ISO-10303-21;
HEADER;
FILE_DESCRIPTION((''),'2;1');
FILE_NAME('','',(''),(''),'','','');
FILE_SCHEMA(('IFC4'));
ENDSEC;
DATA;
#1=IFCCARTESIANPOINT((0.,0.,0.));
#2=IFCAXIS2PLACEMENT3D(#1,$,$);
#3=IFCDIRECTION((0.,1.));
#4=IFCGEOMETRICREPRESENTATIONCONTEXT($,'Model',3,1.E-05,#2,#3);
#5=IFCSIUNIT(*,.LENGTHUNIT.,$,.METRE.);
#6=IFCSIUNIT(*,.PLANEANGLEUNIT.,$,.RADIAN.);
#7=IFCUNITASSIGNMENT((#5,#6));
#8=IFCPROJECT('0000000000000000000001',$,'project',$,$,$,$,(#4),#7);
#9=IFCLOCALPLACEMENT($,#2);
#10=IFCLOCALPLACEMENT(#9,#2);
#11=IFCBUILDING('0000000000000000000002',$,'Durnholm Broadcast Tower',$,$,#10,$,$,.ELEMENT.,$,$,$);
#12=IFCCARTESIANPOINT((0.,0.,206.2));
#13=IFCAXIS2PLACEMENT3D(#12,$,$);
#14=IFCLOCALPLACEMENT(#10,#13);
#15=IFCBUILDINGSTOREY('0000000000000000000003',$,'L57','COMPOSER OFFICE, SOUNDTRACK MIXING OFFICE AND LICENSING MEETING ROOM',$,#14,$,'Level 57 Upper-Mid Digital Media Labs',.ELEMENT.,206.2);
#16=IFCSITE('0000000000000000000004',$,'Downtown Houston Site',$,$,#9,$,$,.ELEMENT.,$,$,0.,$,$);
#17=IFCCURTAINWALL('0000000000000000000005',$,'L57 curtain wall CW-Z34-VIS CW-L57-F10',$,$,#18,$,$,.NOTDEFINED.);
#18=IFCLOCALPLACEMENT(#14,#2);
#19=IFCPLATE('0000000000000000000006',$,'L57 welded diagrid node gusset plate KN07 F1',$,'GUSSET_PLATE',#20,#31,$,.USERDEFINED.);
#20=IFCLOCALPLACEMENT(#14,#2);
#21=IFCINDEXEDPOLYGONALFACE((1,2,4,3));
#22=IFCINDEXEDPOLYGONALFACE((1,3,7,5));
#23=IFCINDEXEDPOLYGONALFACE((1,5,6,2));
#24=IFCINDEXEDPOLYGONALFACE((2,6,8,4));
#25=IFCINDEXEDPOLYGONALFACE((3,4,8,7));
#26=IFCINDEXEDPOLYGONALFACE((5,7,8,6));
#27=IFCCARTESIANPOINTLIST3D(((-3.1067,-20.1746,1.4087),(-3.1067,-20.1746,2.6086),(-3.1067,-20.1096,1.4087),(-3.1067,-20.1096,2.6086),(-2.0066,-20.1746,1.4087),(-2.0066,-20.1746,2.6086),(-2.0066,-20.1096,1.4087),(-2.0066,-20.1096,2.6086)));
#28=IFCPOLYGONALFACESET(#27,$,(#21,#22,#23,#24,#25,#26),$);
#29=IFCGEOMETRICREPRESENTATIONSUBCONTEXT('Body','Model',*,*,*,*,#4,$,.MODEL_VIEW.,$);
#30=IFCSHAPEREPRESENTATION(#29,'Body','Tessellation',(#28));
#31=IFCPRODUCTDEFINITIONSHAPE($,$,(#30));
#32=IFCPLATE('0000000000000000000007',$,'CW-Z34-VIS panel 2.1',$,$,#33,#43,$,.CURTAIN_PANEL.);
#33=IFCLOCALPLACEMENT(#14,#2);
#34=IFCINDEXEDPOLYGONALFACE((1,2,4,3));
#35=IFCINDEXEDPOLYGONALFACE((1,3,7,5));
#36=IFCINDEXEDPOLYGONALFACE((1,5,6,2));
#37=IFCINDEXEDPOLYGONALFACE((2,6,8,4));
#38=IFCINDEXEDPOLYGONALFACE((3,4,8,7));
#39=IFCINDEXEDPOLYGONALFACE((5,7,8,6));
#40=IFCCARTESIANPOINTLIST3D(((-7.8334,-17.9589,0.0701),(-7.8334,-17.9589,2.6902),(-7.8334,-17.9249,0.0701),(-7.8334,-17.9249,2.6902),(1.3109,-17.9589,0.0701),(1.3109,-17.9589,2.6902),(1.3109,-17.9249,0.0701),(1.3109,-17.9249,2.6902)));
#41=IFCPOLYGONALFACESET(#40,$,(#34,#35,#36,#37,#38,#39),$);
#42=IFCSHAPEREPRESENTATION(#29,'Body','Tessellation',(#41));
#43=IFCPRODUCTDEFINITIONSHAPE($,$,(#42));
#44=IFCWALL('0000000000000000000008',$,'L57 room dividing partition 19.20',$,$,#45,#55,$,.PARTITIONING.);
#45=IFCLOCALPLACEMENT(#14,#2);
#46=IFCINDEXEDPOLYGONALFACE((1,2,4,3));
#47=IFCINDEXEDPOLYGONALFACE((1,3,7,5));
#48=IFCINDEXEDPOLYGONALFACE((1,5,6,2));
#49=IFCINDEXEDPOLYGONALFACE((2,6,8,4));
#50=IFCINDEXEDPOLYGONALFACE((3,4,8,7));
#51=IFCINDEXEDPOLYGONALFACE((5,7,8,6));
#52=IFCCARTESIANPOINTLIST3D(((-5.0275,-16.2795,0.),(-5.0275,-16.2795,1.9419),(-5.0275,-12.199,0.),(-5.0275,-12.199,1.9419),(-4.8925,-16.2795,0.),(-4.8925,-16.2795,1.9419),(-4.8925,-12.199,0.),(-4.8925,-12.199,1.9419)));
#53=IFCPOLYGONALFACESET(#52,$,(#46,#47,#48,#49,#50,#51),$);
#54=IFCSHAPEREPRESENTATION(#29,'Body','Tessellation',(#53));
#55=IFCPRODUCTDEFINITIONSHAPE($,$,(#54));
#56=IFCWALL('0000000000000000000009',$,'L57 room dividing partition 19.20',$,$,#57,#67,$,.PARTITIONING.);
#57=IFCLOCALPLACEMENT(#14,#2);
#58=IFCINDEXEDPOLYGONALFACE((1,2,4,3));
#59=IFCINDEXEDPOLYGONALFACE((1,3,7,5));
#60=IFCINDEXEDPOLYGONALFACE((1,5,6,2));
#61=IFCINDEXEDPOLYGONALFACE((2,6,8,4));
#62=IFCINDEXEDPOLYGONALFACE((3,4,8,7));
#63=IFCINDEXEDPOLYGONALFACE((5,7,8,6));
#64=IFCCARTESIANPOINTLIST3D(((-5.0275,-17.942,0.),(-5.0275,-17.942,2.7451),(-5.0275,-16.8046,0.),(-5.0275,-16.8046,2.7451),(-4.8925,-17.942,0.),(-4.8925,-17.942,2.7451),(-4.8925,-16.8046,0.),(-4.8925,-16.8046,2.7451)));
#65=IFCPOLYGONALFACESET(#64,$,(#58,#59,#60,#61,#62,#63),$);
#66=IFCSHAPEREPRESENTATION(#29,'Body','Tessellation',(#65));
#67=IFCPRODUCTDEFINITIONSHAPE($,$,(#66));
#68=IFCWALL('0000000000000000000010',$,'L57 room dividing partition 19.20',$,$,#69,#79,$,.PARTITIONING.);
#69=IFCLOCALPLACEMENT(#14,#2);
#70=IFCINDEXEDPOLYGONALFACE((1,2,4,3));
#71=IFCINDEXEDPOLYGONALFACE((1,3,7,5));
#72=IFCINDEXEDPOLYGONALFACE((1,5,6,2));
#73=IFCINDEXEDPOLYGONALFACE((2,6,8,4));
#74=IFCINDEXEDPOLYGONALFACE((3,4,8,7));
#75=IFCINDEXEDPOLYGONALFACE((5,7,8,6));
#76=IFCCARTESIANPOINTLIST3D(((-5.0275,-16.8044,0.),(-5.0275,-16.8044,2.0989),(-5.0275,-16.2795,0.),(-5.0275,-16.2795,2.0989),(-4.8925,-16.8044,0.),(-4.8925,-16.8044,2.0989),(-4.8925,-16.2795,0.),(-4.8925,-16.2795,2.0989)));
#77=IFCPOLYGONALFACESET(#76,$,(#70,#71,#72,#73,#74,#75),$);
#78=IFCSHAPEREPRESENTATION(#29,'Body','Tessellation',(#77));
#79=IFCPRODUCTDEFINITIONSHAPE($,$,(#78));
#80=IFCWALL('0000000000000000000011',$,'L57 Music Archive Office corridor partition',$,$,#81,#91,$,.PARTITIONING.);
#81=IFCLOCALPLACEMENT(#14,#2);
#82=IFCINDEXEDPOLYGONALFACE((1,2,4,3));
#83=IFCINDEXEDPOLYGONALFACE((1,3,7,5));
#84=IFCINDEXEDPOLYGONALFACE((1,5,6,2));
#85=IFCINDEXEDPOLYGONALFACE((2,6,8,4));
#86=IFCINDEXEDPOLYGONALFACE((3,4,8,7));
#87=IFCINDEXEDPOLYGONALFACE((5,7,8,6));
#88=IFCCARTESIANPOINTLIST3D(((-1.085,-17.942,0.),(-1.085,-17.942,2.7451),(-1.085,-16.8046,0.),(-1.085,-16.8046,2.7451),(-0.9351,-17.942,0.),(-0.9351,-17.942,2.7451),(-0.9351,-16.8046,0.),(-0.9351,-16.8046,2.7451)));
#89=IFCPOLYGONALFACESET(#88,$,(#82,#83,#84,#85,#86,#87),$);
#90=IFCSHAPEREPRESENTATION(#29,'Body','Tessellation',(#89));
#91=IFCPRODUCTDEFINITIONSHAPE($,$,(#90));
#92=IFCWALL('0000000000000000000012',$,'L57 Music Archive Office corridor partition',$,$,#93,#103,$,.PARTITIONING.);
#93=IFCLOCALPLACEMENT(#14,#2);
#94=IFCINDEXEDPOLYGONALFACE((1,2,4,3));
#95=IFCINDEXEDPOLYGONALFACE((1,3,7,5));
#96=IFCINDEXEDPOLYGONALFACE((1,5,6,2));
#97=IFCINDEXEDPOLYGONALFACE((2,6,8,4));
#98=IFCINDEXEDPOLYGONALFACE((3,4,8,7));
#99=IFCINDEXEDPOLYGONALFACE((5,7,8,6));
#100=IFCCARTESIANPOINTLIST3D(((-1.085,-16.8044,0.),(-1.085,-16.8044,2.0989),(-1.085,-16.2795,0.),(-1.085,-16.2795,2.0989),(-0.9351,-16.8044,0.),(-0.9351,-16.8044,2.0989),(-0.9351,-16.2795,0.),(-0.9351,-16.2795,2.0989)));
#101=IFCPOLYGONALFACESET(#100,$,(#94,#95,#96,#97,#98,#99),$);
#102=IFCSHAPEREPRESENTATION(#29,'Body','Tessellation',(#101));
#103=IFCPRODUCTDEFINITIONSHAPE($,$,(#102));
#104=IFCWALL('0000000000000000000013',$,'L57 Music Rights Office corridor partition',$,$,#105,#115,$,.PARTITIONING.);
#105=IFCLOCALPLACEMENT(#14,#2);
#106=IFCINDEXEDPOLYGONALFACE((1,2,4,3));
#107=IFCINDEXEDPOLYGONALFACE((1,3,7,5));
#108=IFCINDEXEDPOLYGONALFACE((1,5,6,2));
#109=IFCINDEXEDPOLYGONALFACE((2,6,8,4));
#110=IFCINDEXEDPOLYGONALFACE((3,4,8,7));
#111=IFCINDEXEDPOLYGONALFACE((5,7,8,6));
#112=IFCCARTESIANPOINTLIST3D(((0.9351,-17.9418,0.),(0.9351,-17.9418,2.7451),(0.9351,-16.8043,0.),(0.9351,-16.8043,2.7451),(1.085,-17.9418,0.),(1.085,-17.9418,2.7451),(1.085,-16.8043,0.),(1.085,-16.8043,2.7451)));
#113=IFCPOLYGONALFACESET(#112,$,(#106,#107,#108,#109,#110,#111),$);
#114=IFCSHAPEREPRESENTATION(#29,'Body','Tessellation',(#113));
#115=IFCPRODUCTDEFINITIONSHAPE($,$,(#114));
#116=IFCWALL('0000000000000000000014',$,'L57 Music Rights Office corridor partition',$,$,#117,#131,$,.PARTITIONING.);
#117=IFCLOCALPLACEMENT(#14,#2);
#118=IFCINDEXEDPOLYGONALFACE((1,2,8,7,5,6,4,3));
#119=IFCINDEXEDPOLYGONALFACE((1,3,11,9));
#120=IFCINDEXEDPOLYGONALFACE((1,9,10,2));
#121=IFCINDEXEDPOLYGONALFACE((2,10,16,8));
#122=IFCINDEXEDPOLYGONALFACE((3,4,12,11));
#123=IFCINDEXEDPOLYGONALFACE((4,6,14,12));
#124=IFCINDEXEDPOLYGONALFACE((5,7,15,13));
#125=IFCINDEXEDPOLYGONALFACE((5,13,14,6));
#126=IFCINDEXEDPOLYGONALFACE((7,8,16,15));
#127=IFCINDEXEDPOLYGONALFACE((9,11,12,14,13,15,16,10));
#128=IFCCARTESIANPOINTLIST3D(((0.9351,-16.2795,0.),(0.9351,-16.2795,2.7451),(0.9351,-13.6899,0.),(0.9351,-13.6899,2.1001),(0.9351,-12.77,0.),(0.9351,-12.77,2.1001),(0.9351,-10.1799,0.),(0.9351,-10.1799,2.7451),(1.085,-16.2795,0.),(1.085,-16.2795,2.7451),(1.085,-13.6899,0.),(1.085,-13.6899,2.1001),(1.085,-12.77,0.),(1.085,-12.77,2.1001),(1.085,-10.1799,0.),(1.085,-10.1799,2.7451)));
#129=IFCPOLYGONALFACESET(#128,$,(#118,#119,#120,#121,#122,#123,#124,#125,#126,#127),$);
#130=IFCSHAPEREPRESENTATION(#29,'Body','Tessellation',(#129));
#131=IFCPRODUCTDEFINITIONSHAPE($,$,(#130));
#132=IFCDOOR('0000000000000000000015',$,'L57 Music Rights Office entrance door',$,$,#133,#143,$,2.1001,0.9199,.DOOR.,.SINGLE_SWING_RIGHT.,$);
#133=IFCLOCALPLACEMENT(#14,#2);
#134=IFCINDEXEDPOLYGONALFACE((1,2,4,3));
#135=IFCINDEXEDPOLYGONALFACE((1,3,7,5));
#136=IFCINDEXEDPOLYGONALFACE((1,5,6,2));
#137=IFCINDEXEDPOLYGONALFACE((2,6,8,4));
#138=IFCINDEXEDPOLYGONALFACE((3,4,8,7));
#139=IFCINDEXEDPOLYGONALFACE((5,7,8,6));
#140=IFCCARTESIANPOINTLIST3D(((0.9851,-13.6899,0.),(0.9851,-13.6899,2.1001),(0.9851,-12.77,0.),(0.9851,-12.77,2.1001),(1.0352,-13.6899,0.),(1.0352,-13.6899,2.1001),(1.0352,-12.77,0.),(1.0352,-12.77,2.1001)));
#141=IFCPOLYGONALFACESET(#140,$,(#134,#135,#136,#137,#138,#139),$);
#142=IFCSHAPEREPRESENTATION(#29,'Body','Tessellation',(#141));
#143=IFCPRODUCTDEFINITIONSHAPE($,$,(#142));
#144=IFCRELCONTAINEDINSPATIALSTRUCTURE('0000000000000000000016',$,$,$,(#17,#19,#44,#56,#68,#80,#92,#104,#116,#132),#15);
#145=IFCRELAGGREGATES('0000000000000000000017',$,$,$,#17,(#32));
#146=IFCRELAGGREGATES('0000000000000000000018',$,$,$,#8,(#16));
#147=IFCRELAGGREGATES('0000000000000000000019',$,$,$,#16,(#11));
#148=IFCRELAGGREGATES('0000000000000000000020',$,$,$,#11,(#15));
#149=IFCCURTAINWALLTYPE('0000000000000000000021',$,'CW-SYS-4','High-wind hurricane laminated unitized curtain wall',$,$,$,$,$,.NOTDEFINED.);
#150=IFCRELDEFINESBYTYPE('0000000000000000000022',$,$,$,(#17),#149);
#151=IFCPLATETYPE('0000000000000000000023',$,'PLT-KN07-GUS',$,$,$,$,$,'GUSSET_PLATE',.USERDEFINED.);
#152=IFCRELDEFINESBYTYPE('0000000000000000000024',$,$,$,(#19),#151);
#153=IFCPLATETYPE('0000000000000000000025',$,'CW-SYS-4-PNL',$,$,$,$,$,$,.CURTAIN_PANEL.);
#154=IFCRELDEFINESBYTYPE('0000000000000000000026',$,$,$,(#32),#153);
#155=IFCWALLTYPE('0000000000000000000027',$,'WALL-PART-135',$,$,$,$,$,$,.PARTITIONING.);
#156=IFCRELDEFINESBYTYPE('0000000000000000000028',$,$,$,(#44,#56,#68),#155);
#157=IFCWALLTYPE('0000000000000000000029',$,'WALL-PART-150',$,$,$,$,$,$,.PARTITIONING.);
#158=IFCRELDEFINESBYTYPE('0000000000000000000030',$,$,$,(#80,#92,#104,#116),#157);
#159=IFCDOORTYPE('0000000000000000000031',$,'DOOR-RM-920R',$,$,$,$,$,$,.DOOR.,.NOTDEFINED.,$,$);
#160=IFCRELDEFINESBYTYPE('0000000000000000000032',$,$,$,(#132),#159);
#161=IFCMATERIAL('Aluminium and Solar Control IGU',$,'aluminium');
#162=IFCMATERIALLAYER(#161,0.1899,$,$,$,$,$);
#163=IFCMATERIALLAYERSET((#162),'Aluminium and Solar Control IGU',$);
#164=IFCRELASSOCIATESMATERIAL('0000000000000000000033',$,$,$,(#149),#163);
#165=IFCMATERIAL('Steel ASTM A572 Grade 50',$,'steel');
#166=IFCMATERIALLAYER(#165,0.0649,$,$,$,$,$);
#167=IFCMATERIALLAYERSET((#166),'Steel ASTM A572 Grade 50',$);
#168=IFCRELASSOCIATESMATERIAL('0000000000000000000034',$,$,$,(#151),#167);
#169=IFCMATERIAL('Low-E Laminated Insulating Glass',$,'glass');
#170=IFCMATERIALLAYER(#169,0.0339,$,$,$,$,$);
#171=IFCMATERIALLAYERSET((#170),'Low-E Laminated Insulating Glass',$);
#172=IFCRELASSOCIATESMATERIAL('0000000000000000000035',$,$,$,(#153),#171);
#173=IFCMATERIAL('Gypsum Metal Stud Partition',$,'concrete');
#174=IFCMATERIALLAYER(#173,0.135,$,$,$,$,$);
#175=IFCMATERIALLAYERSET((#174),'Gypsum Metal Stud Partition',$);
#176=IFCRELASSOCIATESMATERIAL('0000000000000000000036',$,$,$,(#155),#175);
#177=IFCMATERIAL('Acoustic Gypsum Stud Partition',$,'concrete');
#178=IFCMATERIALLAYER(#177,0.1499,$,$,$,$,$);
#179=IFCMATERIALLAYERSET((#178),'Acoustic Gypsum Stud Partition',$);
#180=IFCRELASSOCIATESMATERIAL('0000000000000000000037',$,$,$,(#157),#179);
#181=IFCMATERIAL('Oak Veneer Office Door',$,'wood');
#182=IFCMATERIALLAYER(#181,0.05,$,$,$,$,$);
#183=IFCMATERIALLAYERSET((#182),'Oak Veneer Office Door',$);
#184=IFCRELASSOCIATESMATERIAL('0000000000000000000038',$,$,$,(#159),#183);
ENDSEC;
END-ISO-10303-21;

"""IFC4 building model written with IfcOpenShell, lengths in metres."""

from ifc_helpers import new_model, si_unit, direction, frame, frame_2d, origin, origin_2d, place, context, subcontext, project, spatial, rectangle, extrude, source, transform, mapped, material, layer, layer_set, type_object, type_shapes, element, fill, aggregate, save


model = new_model("IFC4")

# Units and contexts
model_context = context("Model", 3, precision=1e-05, world=origin(), true_north=direction((0.0, 1.0)))
body_context = subcontext(model_context, "Body", "Model", "MODEL_VIEW")
ifc_project = project(units=[si_unit("LENGTHUNIT", "METRE"), si_unit("PLANEANGLEUNIT", "RADIAN")], contexts=[model_context])

# Site, building, storey
site_placement = place(None, origin())
site = spatial("IfcSite", under=ifc_project, at=site_placement, Name="Downtown Houston Site", CompositionType="ELEMENT", RefElevation=0.0)
building_placement = place(site_placement, origin())
building = spatial("IfcBuilding", under=site, at=building_placement, Name="Durnholm Broadcast Tower", CompositionType="ELEMENT")
storey_placement = place(building_placement, frame((0.0, 0.0, 206.2)))
storey = spatial("IfcBuildingStorey", under=building, at=storey_placement, Name="L57", Description="COMPOSER OFFICE, SOUNDTRACK MIXING OFFICE AND LICENSING MEETING ROOM", LongName="Level 57 Upper-Mid Digital Media Labs", CompositionType="ELEMENT", Elevation=206.2)

# Shared definitions
ifc_material_1 = material(Name="Aluminium and Solar Control IGU", Category="aluminium")

# Curtain wall
ifc_layer_1 = layer(ifc_material_1, 0.1899)
ifc_layer_set_1 = layer_set([ifc_layer_1], Name="Aluminium and Solar Control IGU")
curtain_wall_type_1 = type_object("IfcCurtainWallType", Name="CW-SYS-4", Description="High-wind hurricane laminated unitized curtain wall", PredefinedType="NOTDEFINED", material=ifc_layer_set_1)
curtain_wall_1_placement = place(storey_placement, origin())
curtain_wall_1 = element("IfcCurtainWall", 1, at=curtain_wall_1_placement, inside=storey, type_object=curtain_wall_type_1, Name="L57 curtain wall CW-Z34-VIS CW-L57-F10", PredefinedType="NOTDEFINED")

# Plate
ifc_material_2 = material(Name="Steel ASTM A572 Grade 50", Category="steel")
ifc_layer_2 = layer(ifc_material_2, 0.0649)
ifc_layer_set_2 = layer_set([ifc_layer_2], Name="Steel ASTM A572 Grade 50")
plate_type_1 = type_object("IfcPlateType", Name="PLT-KN07-GUS", ElementType="GUSSET_PLATE", PredefinedType="USERDEFINED", material=ifc_layer_set_2)
shared_shape_1 = source(origin(), body_context, "Body", "SweptSolid", [
    extrude(rectangle(XDim=1.1001, YDim=0.0649, at=origin_2d()), origin(), (0.0, 0.0, 1.0), 1.2),
])
type_shapes(plate_type_1, [shared_shape_1])
plate_1_placement = place(storey_placement, frame((-2.5566, -20.1421, 1.4087), z_axis=(0.0, 0.0, 1.0), x_axis=(1.0, 0.0, 0.0)))
element("IfcPlate", 2, at=plate_1_placement, inside=storey, type_object=plate_type_1, Name="L57 welded diagrid node gusset plate KN07 F1", ObjectType="GUSSET_PLATE", PredefinedType="USERDEFINED", context=body_context, shape_type="MappedRepresentation", body=[
    mapped(shared_shape_1, transform((0.0, 0.0, 0.0), x_axis=(1.0, 0.0, 0.0), y_axis=(0.0, 1.0, 0.0), z_axis=(0.0, 0.0, 1.0), scale=1.0)),
])

# Plate
ifc_material_3 = material(Name="Low-E Laminated Insulating Glass", Category="glass")
ifc_layer_3 = layer(ifc_material_3, 0.0339)
ifc_layer_set_3 = layer_set([ifc_layer_3], Name="Low-E Laminated Insulating Glass")
plate_type_2 = type_object("IfcPlateType", Name="CW-SYS-4-PNL", PredefinedType="CURTAIN_PANEL", material=ifc_layer_set_3)
shared_shape_2 = source(origin(), body_context, "Body", "SweptSolid", [
    extrude(rectangle(XDim=9.1443, YDim=0.0339, at=origin_2d()), origin(), (0.0, 0.0, 1.0), 2.6201),
])
type_shapes(plate_type_2, [shared_shape_2])
plate_2_placement = place(storey_placement, frame((-3.2612, -17.9419, 0.0701), z_axis=(0.0, 0.0, 1.0), x_axis=(-1.0, 0.0, 0.0)))
plate_2 = element("IfcPlate", 3, at=plate_2_placement, type_object=plate_type_2, Name="CW-Z34-VIS panel 2.1", PredefinedType="CURTAIN_PANEL", context=body_context, shape_type="MappedRepresentation", body=[
    mapped(shared_shape_2, transform((0.0, 0.0, 0.0), x_axis=(1.0, 0.0, 0.0), y_axis=(0.0, 1.0, 0.0), z_axis=(0.0, 0.0, 1.0), scale=1.0)),
])
aggregate(curtain_wall_1, [plate_2])

# Walls
ifc_material_4 = material(Name="Gypsum Metal Stud Partition", Category="concrete")
ifc_layer_4 = layer(ifc_material_4, 0.135)
ifc_layer_set_4 = layer_set([ifc_layer_4], Name="Gypsum Metal Stud Partition")
wall_type_1 = type_object("IfcWallType", Name="WALL-PART-135", PredefinedType="PARTITIONING", material=ifc_layer_set_4)
wall_1_placement = place(storey_placement, frame((-4.96, -12.199, 0.0), z_axis=(0.0, 0.0, 1.0), x_axis=(0.0, -1.0, 0.0)))
element("IfcWall", 4, at=wall_1_placement, inside=storey, type_object=wall_type_1, Name="L57 room dividing partition 19.20", PredefinedType="PARTITIONING", context=body_context, shape_type="SweptSolid", body=[
    extrude(rectangle(XDim=4.0806, YDim=0.135, at=frame_2d((2.0403, 0.0))), origin(), (0.0, 0.0, 1.0), 1.9419),
])
wall_2_placement = place(storey_placement, frame((-4.96, -16.8044, 0.0), z_axis=(0.0, 0.0, 1.0), x_axis=(0.0, -1.0, 0.0)))
element("IfcWall", 5, at=wall_2_placement, inside=storey, type_object=wall_type_1, Name="L57 room dividing partition 19.20", PredefinedType="PARTITIONING", context=body_context, shape_type="SweptSolid", body=[
    extrude(rectangle(XDim=1.1375, YDim=0.135, at=frame_2d((0.5688, 0.0))), origin(), (0.0, 0.0, 1.0), 2.7451),
])
wall_3_placement = place(storey_placement, frame((-4.96, -16.2795, 0.0), z_axis=(0.0, 0.0, 1.0), x_axis=(0.0, -1.0, 0.0)))
element("IfcWall", 6, at=wall_3_placement, inside=storey, type_object=wall_type_1, Name="L57 room dividing partition 19.20", PredefinedType="PARTITIONING", context=body_context, shape_type="SweptSolid", body=[
    extrude(rectangle(XDim=0.5249, YDim=0.135, at=frame_2d((0.2625, 0.0))), origin(), (0.0, 0.0, 1.0), 2.0989),
])
ifc_material_5 = material(Name="Acoustic Gypsum Stud Partition", Category="concrete")
ifc_layer_5 = layer(ifc_material_5, 0.1499)
ifc_layer_set_5 = layer_set([ifc_layer_5], Name="Acoustic Gypsum Stud Partition")
wall_type_2 = type_object("IfcWallType", Name="WALL-PART-150", PredefinedType="PARTITIONING", material=ifc_layer_set_5)
wall_4_placement = place(storey_placement, frame((-1.01, -16.8044, 0.0), z_axis=(0.0, 0.0, 1.0), x_axis=(0.0, -1.0, 0.0)))
element("IfcWall", 7, at=wall_4_placement, inside=storey, type_object=wall_type_2, Name="L57 Music Archive Office corridor partition", PredefinedType="PARTITIONING", context=body_context, shape_type="SweptSolid", body=[
    extrude(rectangle(XDim=1.1375, YDim=0.1499, at=frame_2d((0.5688, 0.0))), origin(), (0.0, 0.0, 1.0), 2.7451),
])
wall_5_placement = place(storey_placement, frame((-1.01, -16.2795, 0.0), z_axis=(0.0, 0.0, 1.0), x_axis=(0.0, -1.0, 0.0)))
element("IfcWall", 8, at=wall_5_placement, inside=storey, type_object=wall_type_2, Name="L57 Music Archive Office corridor partition", PredefinedType="PARTITIONING", context=body_context, shape_type="SweptSolid", body=[
    extrude(rectangle(XDim=0.5249, YDim=0.1499, at=frame_2d((0.2625, 0.0))), origin(), (0.0, 0.0, 1.0), 2.0989),
])
wall_6_placement = place(storey_placement, frame((1.01, -17.9419, 0.0), z_axis=(0.0, 0.0, 1.0), x_axis=(0.0, 1.0, 0.0)))
element("IfcWall", 9, at=wall_6_placement, inside=storey, type_object=wall_type_2, Name="L57 Music Rights Office corridor partition", PredefinedType="PARTITIONING", context=body_context, shape_type="SweptSolid", body=[
    extrude(rectangle(XDim=1.1375, YDim=0.1499, at=frame_2d((0.5688, 0.0))), origin(), (0.0, 0.0, 1.0), 2.7451),
])

# Wall, opening, door
wall_7_placement = place(storey_placement, frame((1.01, -16.2795, 0.0), z_axis=(0.0, 0.0, 1.0), x_axis=(0.0, 1.0, 0.0)))
wall_7 = element("IfcWall", 10, at=wall_7_placement, inside=storey, type_object=wall_type_2, Name="L57 Music Rights Office corridor partition", PredefinedType="PARTITIONING", context=body_context, shape_type="SweptSolid", body=[
    extrude(rectangle(XDim=6.0996, YDim=0.1499, at=frame_2d((3.0498, 0.0))), origin(), (0.0, 0.0, 1.0), 2.7451),
])
opening_placement = place(wall_7_placement, frame((2.5896, 0.0, 0.0)))
opening = element("IfcOpeningElement", 11, at=opening_placement, cuts=wall_7, PredefinedType="OPENING", context=body_context, shape_type="SweptSolid", body=[
    extrude(rectangle(XDim=0.9199, YDim=2.1001, at=frame_2d((0.46, 1.05))), frame((0.0, 0.085, 0.0), z_axis=(0.0, -1.0, 0.0), x_axis=(1.0, 0.0, 0.0)), (0.0, 0.0, 1.0), 0.1699),
])
ifc_material_6 = material(Name="Oak Veneer Office Door", Category="wood")
ifc_layer_6 = layer(ifc_material_6, 0.05)
ifc_layer_set_6 = layer_set([ifc_layer_6], Name="Oak Veneer Office Door")
door_type = type_object("IfcDoorType", Name="DOOR-RM-920R", OperationType="NOTDEFINED", PredefinedType="DOOR", material=ifc_layer_set_6)
shared_shape_3 = source(origin(), body_context, "Body", "SweptSolid", [
    extrude(rectangle(XDim=0.9199, YDim=2.1001, at=frame_2d((0.46, 1.05))), frame((0.0, 0.0249, 0.0), z_axis=(0.0, -1.0, 0.0), x_axis=(1.0, 0.0, 0.0)), (0.0, 0.0, 1.0), 0.05),
])
type_shapes(door_type, [shared_shape_3])
door_placement = place(opening_placement, origin())
door = element("IfcDoor", 12, at=door_placement, inside=storey, type_object=door_type, Name="L57 Music Rights Office entrance door", OperationType="SINGLE_SWING_RIGHT", OverallHeight=2.1001, OverallWidth=0.9199, PredefinedType="DOOR", context=body_context, shape_type="MappedRepresentation", body=[
    mapped(shared_shape_3, transform((0.0, 0.0, 0.0), x_axis=(1.0, 0.0, 0.0), y_axis=(0.0, 1.0, 0.0), z_axis=(0.0, 0.0, 1.0), scale=1.0)),
])
fill(opening, door)

save(model, "model.ifc")
